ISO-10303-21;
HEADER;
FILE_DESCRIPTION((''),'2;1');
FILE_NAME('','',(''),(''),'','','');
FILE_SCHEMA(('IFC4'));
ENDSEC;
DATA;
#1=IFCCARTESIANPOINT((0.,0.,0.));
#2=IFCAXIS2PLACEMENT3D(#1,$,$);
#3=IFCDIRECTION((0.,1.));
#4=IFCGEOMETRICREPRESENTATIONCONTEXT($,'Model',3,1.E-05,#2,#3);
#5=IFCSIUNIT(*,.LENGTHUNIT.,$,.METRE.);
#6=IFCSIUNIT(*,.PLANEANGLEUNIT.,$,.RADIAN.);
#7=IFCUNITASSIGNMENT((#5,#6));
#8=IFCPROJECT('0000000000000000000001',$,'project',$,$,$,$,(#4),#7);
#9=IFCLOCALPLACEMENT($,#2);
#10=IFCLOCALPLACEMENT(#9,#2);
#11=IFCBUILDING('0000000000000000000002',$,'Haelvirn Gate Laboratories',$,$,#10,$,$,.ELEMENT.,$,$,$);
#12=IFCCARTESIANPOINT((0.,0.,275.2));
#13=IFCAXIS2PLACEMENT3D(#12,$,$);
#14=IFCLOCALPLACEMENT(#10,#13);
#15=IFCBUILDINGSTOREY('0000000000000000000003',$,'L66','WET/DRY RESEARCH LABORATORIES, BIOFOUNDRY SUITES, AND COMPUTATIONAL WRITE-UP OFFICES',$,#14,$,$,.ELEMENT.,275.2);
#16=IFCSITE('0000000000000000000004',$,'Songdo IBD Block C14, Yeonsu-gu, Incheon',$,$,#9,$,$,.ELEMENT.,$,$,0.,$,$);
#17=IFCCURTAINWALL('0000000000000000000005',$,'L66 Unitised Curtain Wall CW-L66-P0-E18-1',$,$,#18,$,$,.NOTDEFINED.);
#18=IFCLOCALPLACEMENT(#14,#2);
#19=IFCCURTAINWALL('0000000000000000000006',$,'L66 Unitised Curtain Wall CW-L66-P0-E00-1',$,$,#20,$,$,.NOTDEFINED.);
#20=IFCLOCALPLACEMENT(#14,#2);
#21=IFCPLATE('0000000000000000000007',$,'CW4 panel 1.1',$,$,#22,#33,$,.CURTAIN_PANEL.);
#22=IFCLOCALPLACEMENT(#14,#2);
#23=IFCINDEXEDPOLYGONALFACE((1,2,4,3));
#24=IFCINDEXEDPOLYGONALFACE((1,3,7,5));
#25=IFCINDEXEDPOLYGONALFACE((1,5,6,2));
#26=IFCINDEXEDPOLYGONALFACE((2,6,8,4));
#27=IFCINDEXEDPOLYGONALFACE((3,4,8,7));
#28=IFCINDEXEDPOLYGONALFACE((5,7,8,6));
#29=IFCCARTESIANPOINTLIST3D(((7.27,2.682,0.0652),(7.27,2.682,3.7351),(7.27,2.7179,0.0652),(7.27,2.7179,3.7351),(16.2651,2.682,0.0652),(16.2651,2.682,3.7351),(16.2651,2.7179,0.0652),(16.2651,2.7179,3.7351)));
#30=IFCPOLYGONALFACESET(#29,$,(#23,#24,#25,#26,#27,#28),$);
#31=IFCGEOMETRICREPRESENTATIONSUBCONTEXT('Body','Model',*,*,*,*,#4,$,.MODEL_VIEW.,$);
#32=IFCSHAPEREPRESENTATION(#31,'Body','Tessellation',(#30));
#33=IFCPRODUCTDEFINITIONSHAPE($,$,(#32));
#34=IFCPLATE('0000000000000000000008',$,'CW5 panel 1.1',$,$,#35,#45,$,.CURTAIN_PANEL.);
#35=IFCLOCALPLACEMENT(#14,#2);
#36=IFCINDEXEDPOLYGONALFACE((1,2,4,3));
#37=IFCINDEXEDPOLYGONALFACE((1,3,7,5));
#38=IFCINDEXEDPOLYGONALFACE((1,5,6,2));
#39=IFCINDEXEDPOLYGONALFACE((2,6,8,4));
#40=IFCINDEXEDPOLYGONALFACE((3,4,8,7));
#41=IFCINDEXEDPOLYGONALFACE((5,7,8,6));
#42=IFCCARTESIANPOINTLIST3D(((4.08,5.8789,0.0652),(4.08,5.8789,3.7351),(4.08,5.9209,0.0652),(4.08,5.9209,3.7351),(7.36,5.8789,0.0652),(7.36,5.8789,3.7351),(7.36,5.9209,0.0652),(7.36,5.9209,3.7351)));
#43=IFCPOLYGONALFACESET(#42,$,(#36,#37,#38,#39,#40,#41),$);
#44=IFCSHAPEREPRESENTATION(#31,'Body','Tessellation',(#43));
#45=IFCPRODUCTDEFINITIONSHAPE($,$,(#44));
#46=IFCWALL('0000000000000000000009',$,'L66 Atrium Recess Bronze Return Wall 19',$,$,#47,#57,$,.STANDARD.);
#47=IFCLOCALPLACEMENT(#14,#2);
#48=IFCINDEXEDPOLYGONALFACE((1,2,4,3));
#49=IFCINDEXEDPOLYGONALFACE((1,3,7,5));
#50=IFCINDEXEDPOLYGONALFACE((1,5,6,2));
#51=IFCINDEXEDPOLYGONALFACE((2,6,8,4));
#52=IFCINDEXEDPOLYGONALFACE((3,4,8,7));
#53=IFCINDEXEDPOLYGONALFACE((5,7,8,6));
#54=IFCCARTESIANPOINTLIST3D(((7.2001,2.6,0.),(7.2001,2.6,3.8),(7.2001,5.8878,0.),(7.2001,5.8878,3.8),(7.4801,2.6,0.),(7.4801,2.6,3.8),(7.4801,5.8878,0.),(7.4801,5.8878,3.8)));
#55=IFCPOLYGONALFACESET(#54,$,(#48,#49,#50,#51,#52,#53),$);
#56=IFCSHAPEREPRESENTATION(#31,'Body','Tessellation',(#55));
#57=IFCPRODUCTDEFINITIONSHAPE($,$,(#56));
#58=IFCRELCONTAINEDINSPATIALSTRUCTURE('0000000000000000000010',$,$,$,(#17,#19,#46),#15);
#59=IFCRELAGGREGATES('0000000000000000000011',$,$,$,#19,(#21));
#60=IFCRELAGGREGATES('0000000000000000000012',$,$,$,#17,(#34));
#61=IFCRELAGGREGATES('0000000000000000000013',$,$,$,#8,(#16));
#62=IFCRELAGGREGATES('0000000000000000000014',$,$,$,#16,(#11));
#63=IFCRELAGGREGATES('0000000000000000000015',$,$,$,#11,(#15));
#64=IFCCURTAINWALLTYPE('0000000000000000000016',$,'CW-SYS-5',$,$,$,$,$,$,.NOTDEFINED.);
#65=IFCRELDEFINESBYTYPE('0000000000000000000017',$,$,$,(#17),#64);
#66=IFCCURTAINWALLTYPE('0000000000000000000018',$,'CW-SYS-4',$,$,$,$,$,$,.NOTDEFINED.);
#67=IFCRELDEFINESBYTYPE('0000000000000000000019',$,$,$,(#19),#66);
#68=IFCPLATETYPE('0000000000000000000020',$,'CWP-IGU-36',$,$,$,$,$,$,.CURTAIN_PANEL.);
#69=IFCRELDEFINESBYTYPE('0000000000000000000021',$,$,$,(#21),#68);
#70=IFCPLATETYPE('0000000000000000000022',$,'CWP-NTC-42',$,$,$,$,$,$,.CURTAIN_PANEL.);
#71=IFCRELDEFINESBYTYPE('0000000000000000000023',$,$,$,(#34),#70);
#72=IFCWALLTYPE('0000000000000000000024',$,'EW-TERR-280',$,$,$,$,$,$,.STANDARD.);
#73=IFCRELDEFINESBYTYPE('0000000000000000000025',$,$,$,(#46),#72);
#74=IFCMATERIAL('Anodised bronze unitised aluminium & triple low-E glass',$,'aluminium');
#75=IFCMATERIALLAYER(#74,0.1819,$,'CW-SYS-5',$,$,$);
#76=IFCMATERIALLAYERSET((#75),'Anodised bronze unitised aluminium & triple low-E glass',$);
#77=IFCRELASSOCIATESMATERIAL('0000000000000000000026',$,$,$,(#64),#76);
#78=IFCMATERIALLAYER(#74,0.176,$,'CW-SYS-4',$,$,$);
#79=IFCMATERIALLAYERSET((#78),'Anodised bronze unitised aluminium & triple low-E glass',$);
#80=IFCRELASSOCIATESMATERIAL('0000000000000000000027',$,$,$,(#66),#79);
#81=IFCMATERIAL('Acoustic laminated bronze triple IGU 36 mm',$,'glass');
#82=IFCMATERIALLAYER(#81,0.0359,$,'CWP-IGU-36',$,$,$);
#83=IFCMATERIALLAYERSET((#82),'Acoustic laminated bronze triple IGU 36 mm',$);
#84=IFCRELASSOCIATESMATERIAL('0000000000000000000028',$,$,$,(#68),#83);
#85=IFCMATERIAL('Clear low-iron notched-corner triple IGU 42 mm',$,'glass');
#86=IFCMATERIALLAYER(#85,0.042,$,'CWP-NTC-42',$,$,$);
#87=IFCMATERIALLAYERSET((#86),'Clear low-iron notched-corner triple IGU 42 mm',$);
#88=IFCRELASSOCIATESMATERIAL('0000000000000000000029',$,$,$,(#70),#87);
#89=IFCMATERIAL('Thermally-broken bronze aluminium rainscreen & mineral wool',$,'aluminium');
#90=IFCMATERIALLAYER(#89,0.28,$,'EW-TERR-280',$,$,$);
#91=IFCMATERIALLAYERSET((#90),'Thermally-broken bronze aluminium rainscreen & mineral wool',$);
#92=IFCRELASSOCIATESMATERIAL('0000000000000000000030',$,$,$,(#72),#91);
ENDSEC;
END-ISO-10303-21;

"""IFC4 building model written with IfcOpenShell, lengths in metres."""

from ifc_helpers import new_model, si_unit, direction, frame, frame_2d, origin, origin_2d, place, context, subcontext, project, spatial, rectangle, extrude, source, transform, mapped, material, layer, layer_set, type_object, type_shapes, element, aggregate, save


model = new_model("IFC4")

# Units and contexts
model_context = context("Model", 3, precision=1e-05, world=origin(), true_north=direction((0.0, 1.0)))
body_context = subcontext(model_context, "Body", "Model", "MODEL_VIEW")
ifc_project = project(units=[si_unit("LENGTHUNIT", "METRE"), si_unit("PLANEANGLEUNIT", "RADIAN")], contexts=[model_context])

# Site, building, storey
site_placement = place(None, origin())
site = spatial("IfcSite", under=ifc_project, at=site_placement, Name="Songdo IBD Block C14, Yeonsu-gu, Incheon", CompositionType="ELEMENT", RefElevation=0.0)
building_placement = place(site_placement, origin())
building = spatial("IfcBuilding", under=site, at=building_placement, Name="Haelvirn Gate Laboratories", CompositionType="ELEMENT")
storey_placement = place(building_placement, frame((0.0, 0.0, 275.2)))
storey = spatial("IfcBuildingStorey", under=building, at=storey_placement, Name="L66", Description="WET/DRY RESEARCH LABORATORIES, BIOFOUNDRY SUITES, AND COMPUTATIONAL WRITE-UP OFFICES", CompositionType="ELEMENT", Elevation=275.2)

# Curtain wall
ifc_material_1 = material(Name="Anodised bronze unitised aluminium & triple low-E glass", Category="aluminium")
ifc_layer_1 = layer(ifc_material_1, 0.1819, Name="CW-SYS-5")
ifc_layer_set_1 = layer_set([ifc_layer_1], Name="Anodised bronze unitised aluminium & triple low-E glass")
curtain_wall_type_1 = type_object("IfcCurtainWallType", Name="CW-SYS-5", PredefinedType="NOTDEFINED", material=ifc_layer_set_1)
curtain_wall_1_placement = place(storey_placement, origin())
curtain_wall_1 = element("IfcCurtainWall", 1, at=curtain_wall_1_placement, inside=storey, type_object=curtain_wall_type_1, Name="L66 Unitised Curtain Wall CW-L66-P0-E18-1", PredefinedType="NOTDEFINED")

# Curtain wall
ifc_layer_2 = layer(ifc_material_1, 0.176, Name="CW-SYS-4")
ifc_layer_set_2 = layer_set([ifc_layer_2], Name="Anodised bronze unitised aluminium & triple low-E glass")
curtain_wall_type_2 = type_object("IfcCurtainWallType", Name="CW-SYS-4", PredefinedType="NOTDEFINED", material=ifc_layer_set_2)
curtain_wall_2_placement = place(storey_placement, origin())
curtain_wall_2 = element("IfcCurtainWall", 2, at=curtain_wall_2_placement, inside=storey, type_object=curtain_wall_type_2, Name="L66 Unitised Curtain Wall CW-L66-P0-E00-1", PredefinedType="NOTDEFINED")

# Plates
ifc_material_2 = material(Name="Acoustic laminated bronze triple IGU 36 mm", Category="glass")
ifc_layer_3 = layer(ifc_material_2, 0.0359, Name="CWP-IGU-36")
ifc_layer_set_3 = layer_set([ifc_layer_3], Name="Acoustic laminated bronze triple IGU 36 mm")
plate_type_1 = type_object("IfcPlateType", Name="CWP-IGU-36", PredefinedType="CURTAIN_PANEL", material=ifc_layer_set_3)
shared_shape_1 = source(origin(), body_context, "Body", "SweptSolid", [
    extrude(rectangle(XDim=8.9951, YDim=0.0359, at=origin_2d()), origin(), (0.0, 0.0, 1.0), 3.6699),
])
type_shapes(plate_type_1, [shared_shape_1])
plate_1_placement = place(storey_placement, frame((11.7676, 2.7, 0.0652), z_axis=(0.0, 0.0, 1.0), x_axis=(1.0, 0.0, 0.0)))
plate_1 = element("IfcPlate", 3, at=plate_1_placement, type_object=plate_type_1, Name="CW4 panel 1.1", PredefinedType="CURTAIN_PANEL", context=body_context, shape_type="MappedRepresentation", body=[
    mapped(shared_shape_1, transform((0.0, 0.0, 0.0), scale=1.0)),
])
aggregate(curtain_wall_2, [plate_1])
ifc_material_3 = material(Name="Clear low-iron notched-corner triple IGU 42 mm", Category="glass")
ifc_layer_4 = layer(ifc_material_3, 0.042, Name="CWP-NTC-42")
ifc_layer_set_4 = layer_set([ifc_layer_4], Name="Clear low-iron notched-corner triple IGU 42 mm")
plate_type_2 = type_object("IfcPlateType", Name="CWP-NTC-42", PredefinedType="CURTAIN_PANEL", material=ifc_layer_set_4)
shared_shape_2 = source(origin(), body_context, "Body", "SweptSolid", [
    extrude(rectangle(XDim=3.28, YDim=0.042, at=origin_2d()), origin(), (0.0, 0.0, 1.0), 3.6699),
])
type_shapes(plate_type_2, [shared_shape_2])
plate_2_placement = place(storey_placement, frame((5.72, 5.8999, 0.0652), z_axis=(0.0, 0.0, 1.0), x_axis=(1.0, 0.0, 0.0)))
plate_2 = element("IfcPlate", 4, at=plate_2_placement, type_object=plate_type_2, Name="CW5 panel 1.1", PredefinedType="CURTAIN_PANEL", context=body_context, shape_type="MappedRepresentation", body=[
    mapped(shared_shape_2, transform((0.0, 0.0, 0.0), scale=1.0)),
])
aggregate(curtain_wall_1, [plate_2])

# Wall
ifc_material_4 = material(Name="Thermally-broken bronze aluminium rainscreen & mineral wool", Category="aluminium")
ifc_layer_5 = layer(ifc_material_4, 0.28, Name="EW-TERR-280")
ifc_layer_set_5 = layer_set([ifc_layer_5], Name="Thermally-broken bronze aluminium rainscreen & mineral wool")
wall_type = type_object("IfcWallType", Name="EW-TERR-280", PredefinedType="STANDARD", material=ifc_layer_set_5)
wall_placement = place(storey_placement, frame((7.3401, 5.8879, 0.0), z_axis=(0.0, 0.0, 1.0), x_axis=(0.0, -1.0, 0.0)))
element("IfcWall", 5, at=wall_placement, inside=storey, type_object=wall_type, Name="L66 Atrium Recess Bronze Return Wall 19", PredefinedType="STANDARD", context=body_context, shape_type="SweptSolid", body=[
    extrude(rectangle(XDim=3.2878, YDim=0.28, at=frame_2d((1.644, 0.0))), origin(), (0.0, 0.0, 1.0), 3.8),
])

save(model, "model.ifc")
